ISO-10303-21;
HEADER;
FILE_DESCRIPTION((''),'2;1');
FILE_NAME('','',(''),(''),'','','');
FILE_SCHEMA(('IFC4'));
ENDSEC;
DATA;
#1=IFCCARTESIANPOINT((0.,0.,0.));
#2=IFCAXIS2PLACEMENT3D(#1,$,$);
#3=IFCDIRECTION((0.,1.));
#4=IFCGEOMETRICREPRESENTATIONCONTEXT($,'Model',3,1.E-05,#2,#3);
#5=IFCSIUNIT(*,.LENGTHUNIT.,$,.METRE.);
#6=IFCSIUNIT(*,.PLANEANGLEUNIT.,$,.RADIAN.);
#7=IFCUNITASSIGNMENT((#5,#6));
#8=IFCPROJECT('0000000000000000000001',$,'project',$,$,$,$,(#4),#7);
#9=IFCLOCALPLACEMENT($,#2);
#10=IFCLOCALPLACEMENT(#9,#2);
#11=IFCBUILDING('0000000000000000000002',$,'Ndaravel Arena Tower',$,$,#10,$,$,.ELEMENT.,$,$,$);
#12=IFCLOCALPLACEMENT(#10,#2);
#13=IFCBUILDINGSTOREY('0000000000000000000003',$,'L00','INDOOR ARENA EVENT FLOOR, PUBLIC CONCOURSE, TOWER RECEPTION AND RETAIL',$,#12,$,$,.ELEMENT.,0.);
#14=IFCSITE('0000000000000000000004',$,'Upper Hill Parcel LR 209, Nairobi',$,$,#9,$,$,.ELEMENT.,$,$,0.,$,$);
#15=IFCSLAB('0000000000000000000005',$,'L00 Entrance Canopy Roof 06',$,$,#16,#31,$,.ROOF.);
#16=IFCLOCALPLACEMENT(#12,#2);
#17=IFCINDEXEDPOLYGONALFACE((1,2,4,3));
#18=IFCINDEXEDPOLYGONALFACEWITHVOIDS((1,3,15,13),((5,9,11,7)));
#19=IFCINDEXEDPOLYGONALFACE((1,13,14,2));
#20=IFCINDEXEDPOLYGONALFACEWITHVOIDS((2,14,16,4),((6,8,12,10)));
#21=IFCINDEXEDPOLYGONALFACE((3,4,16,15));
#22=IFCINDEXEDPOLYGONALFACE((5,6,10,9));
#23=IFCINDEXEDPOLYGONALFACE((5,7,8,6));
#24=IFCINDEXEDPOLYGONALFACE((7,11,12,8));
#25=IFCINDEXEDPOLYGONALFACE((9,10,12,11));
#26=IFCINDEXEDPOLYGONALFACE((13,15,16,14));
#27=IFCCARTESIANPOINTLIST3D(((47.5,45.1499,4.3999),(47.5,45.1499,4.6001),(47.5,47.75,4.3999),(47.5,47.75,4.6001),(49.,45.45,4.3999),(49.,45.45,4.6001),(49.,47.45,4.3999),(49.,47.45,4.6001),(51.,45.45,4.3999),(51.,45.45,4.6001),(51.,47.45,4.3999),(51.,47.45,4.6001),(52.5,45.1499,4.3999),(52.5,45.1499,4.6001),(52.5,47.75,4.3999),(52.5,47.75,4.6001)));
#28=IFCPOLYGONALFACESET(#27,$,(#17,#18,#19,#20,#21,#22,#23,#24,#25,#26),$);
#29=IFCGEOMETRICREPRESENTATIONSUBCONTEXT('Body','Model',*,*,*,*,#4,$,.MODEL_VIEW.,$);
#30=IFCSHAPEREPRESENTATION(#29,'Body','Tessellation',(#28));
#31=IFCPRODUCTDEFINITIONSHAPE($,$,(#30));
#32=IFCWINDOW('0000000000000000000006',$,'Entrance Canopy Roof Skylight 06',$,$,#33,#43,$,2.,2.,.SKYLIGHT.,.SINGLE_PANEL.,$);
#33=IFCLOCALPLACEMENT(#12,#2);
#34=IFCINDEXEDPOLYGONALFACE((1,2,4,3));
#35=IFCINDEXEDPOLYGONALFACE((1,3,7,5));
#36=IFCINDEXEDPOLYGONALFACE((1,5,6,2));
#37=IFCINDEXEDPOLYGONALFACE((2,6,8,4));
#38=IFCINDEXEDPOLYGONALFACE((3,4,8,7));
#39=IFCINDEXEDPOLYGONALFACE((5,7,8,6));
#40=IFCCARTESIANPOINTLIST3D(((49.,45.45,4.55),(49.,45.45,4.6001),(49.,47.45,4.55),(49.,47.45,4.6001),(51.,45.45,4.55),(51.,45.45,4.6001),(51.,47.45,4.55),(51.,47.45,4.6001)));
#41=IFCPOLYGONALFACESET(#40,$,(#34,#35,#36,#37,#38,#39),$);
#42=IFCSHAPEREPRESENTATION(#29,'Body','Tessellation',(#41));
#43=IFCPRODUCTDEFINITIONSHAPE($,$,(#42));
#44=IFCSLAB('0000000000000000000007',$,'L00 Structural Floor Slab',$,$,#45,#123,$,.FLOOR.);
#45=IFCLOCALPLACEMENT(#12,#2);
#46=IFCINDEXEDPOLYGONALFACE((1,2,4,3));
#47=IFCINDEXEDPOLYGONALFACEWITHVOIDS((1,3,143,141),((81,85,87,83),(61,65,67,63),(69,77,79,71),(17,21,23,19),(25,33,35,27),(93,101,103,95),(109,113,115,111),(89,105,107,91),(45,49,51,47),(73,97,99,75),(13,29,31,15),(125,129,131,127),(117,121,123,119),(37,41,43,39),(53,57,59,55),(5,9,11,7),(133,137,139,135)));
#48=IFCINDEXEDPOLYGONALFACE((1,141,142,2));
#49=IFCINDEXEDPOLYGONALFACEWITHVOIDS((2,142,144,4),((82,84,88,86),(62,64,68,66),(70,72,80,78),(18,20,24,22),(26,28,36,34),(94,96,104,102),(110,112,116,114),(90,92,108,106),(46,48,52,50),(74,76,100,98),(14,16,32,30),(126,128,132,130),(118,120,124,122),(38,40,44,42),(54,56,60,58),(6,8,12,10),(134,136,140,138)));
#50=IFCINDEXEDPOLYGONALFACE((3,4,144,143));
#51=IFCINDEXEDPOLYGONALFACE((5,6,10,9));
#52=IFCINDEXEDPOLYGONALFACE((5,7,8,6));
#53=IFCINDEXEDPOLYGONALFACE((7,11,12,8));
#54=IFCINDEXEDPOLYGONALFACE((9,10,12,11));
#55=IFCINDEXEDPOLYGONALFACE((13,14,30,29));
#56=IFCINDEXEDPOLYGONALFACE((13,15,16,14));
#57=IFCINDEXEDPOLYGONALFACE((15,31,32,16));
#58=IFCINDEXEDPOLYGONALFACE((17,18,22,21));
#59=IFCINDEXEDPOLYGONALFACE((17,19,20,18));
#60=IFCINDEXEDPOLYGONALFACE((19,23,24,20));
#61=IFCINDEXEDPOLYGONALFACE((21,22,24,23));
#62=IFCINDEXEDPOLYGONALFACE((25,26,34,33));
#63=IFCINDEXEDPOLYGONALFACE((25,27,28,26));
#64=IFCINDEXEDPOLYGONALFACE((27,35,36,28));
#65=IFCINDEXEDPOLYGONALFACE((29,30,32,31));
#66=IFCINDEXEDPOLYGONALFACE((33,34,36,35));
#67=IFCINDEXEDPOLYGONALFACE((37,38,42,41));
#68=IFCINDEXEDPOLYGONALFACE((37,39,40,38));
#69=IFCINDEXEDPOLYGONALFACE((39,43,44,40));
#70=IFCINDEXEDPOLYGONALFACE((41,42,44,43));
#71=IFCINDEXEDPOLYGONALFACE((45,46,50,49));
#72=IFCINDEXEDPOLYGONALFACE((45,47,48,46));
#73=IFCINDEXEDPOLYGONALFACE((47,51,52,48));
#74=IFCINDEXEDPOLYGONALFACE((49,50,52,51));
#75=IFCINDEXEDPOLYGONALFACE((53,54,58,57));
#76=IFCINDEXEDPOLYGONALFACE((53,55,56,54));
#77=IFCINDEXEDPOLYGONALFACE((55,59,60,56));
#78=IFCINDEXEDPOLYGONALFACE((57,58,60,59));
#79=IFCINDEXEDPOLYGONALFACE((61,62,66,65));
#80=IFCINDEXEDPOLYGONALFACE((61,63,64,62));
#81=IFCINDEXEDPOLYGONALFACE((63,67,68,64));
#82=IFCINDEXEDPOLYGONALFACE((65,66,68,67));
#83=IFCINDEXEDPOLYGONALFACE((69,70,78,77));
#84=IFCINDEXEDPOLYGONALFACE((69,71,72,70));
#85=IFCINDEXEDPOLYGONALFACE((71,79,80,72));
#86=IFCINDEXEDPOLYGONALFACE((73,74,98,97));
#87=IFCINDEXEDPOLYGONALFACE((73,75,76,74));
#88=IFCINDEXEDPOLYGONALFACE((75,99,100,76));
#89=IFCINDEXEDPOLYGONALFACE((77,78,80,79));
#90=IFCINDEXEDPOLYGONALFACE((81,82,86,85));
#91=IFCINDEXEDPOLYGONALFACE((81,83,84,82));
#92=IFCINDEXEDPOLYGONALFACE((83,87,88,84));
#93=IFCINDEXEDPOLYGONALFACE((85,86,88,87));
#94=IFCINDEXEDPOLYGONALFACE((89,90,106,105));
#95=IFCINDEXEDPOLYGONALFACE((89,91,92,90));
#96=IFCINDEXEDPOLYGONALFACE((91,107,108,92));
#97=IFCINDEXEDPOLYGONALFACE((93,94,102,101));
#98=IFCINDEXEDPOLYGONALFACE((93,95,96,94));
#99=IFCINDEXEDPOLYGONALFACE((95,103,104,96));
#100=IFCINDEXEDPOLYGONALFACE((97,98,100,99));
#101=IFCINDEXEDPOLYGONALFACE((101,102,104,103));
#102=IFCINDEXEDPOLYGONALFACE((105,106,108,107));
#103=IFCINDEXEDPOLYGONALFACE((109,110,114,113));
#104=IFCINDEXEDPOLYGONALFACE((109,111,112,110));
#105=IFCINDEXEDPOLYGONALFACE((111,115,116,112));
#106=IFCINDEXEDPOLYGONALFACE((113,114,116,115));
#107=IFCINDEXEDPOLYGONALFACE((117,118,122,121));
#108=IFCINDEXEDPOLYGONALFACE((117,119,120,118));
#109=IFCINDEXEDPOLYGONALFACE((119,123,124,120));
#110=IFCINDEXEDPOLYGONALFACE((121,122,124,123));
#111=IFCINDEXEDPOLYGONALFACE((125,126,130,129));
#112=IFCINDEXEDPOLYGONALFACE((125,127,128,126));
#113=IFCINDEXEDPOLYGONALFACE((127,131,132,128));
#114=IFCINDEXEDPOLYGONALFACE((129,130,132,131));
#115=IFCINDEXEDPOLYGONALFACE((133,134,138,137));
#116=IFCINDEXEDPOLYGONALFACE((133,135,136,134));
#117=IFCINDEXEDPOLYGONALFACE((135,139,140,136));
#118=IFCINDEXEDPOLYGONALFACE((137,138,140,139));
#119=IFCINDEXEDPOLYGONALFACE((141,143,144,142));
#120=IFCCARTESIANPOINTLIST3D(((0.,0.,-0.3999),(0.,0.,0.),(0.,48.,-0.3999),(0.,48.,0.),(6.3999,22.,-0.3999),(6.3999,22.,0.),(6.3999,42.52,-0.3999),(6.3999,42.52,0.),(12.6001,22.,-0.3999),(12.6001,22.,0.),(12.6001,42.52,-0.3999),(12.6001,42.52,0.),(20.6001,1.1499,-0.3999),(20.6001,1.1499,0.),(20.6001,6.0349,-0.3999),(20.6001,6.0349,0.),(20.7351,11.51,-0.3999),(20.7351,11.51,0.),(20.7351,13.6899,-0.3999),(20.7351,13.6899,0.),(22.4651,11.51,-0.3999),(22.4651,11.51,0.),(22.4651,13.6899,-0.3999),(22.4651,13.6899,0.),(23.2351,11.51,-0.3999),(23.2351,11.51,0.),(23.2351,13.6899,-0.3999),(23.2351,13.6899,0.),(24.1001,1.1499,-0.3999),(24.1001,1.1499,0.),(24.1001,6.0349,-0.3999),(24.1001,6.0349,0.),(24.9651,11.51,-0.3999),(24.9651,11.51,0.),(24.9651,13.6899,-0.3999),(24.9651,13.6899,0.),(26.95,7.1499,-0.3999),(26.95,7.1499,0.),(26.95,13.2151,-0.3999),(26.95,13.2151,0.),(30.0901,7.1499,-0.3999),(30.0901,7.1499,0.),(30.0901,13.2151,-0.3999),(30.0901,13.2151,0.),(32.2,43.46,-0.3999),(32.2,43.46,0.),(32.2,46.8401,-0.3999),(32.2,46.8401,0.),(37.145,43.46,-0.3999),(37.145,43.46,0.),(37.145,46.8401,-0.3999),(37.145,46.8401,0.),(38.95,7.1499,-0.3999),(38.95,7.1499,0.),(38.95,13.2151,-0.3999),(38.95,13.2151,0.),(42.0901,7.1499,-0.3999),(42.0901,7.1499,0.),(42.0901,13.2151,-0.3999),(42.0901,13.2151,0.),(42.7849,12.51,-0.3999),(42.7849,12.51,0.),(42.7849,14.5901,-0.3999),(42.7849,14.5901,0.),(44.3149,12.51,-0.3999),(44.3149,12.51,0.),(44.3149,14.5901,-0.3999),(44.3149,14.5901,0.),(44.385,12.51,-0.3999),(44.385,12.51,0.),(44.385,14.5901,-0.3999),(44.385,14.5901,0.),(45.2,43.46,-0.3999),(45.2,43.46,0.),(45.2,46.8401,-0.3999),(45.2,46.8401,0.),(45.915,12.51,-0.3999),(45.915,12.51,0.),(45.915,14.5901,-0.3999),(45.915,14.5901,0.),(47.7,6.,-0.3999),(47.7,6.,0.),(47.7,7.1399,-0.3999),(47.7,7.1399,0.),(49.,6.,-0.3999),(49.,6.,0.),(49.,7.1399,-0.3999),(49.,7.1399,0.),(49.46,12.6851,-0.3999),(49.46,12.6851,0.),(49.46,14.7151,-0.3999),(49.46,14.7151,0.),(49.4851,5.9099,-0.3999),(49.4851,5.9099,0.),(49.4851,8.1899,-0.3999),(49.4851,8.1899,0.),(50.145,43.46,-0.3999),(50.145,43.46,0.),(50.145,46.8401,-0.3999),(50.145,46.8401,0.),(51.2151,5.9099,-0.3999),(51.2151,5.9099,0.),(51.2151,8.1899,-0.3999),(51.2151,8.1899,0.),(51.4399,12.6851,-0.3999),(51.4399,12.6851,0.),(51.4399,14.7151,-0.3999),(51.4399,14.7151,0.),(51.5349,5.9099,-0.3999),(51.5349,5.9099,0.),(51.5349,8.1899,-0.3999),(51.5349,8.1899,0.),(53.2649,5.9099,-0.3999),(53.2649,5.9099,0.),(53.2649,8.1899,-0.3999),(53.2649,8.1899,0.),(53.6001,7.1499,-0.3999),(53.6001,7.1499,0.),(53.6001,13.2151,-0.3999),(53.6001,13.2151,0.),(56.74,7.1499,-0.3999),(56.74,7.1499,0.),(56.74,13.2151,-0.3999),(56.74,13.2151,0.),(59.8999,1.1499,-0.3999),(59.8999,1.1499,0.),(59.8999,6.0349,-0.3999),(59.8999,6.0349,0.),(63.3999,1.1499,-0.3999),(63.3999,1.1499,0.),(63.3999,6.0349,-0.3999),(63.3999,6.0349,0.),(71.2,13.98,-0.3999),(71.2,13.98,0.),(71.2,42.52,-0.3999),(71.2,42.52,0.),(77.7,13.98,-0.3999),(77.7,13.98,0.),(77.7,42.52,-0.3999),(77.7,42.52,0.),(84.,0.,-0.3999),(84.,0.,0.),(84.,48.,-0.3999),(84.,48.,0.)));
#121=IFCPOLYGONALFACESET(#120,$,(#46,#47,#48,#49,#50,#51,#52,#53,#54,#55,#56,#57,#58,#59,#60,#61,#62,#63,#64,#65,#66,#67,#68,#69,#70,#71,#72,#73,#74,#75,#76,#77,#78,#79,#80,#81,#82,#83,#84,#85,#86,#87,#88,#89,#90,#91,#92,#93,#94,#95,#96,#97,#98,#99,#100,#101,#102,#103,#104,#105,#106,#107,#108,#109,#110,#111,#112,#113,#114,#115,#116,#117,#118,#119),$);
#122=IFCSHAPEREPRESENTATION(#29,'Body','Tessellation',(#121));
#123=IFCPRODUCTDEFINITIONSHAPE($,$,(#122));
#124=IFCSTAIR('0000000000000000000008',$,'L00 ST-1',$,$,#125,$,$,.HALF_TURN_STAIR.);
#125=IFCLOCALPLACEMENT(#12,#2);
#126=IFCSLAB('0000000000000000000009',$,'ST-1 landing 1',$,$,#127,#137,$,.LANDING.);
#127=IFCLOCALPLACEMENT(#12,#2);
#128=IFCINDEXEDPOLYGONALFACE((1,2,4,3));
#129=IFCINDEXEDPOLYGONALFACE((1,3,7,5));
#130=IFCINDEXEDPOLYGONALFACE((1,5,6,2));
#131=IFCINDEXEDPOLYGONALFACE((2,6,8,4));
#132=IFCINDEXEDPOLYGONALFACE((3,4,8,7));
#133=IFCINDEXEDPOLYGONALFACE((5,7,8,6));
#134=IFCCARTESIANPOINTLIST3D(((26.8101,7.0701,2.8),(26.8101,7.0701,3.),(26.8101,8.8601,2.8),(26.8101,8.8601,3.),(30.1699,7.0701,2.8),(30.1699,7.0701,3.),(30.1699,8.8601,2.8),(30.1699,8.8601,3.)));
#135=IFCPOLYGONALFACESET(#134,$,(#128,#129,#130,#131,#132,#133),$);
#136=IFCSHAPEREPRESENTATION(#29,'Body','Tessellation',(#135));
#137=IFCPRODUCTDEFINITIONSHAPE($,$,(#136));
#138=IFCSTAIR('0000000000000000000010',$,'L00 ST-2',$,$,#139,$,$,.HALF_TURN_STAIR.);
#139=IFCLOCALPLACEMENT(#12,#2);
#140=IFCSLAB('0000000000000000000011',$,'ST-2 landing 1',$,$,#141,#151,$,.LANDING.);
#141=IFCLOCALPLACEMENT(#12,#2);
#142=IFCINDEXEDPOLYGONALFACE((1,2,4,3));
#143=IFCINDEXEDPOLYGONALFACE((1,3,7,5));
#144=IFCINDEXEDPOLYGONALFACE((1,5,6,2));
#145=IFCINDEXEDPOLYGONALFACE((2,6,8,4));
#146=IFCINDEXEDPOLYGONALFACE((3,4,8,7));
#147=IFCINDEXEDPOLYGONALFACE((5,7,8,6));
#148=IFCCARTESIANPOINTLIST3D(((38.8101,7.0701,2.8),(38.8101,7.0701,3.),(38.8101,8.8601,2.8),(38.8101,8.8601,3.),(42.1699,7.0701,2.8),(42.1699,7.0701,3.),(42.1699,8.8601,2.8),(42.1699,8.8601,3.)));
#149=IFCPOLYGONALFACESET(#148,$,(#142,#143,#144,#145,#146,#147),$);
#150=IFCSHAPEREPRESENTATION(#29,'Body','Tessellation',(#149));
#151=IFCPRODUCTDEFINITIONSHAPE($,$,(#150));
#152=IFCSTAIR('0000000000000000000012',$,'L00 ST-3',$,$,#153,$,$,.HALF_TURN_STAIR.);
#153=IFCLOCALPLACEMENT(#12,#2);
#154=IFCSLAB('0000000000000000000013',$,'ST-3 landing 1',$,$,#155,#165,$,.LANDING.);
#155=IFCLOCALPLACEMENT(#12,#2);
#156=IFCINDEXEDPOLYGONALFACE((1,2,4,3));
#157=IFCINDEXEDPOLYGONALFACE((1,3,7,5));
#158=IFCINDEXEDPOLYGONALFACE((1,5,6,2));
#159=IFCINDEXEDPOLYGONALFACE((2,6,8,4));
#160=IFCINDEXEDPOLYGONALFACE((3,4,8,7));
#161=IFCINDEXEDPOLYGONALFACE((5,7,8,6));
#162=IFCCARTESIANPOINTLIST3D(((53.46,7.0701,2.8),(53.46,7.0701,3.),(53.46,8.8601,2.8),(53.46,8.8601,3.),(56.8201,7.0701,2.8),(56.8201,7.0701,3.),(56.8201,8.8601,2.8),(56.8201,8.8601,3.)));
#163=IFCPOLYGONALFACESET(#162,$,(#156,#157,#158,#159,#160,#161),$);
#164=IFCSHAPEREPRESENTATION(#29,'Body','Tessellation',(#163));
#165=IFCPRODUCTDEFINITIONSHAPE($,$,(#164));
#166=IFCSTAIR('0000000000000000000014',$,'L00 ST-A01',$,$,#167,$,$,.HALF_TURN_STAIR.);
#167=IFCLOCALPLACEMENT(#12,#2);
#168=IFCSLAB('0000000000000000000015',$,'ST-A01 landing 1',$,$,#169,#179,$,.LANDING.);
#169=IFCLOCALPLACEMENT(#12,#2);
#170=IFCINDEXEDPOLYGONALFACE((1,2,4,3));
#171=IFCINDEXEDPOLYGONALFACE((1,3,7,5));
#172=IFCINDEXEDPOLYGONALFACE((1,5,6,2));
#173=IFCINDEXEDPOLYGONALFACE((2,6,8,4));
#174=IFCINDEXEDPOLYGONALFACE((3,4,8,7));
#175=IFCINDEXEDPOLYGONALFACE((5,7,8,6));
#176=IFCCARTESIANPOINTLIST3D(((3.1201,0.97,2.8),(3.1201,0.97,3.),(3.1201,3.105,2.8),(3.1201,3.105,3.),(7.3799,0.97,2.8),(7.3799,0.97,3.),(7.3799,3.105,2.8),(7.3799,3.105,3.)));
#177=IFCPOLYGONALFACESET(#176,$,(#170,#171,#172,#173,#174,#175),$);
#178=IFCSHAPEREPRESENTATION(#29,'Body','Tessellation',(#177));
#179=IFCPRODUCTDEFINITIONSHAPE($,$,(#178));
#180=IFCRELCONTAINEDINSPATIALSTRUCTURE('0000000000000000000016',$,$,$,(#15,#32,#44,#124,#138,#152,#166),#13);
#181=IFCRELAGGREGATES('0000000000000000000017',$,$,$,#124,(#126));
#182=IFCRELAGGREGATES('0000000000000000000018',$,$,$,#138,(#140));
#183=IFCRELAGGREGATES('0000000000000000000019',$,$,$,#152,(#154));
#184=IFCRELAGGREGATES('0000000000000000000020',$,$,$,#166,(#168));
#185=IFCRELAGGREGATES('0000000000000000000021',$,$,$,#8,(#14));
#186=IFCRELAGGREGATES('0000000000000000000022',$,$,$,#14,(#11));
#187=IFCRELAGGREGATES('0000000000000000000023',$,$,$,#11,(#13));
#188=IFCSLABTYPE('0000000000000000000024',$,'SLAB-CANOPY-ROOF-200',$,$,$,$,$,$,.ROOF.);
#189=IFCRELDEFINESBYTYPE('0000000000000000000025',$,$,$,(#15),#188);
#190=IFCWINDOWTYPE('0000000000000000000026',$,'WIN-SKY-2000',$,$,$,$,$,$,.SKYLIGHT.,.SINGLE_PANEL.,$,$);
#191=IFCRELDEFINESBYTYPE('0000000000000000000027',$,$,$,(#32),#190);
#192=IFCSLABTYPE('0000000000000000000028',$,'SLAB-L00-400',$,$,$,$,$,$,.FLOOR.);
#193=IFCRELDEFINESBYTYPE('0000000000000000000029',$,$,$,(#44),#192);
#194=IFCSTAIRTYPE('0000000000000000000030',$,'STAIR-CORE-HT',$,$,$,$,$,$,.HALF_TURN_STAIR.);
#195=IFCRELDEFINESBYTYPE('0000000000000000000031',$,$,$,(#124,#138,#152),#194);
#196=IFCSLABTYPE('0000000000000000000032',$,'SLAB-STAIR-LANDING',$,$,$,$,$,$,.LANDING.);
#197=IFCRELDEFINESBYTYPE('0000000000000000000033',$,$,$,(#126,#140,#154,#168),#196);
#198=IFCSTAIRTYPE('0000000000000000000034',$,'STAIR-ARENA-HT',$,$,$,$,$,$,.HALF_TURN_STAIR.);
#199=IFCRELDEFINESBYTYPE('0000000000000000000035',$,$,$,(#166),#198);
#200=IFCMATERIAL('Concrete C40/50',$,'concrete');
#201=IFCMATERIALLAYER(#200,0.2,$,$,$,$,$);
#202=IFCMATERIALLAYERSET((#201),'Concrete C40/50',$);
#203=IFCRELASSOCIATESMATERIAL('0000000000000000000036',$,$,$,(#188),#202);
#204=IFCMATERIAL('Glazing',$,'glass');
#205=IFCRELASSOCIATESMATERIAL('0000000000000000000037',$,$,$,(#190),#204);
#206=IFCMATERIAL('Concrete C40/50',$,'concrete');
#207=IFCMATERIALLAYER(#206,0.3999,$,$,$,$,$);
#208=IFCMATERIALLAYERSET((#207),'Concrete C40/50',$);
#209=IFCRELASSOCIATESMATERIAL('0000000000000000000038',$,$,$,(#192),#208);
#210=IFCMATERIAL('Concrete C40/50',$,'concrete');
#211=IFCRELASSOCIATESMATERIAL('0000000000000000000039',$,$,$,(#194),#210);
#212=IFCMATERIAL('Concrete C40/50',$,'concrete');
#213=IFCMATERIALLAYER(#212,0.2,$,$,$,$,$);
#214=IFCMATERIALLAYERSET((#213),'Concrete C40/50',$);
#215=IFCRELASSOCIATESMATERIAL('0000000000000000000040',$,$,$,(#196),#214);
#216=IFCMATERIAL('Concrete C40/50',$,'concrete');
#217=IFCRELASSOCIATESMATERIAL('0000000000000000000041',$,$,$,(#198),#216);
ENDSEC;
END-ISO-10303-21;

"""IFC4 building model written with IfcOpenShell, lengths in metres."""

from ifc_helpers import new_model, si_unit, direction, frame, origin, origin_2d, place, context, subcontext, project, spatial, polyline, rectangle, outline, extrude, material, layer, layer_set, type_object, element, fill, aggregate, save


model = new_model("IFC4")

# Units and contexts
model_context = context("Model", 3, precision=1e-05, world=origin(), true_north=direction((0.0, 1.0)))
body_context = subcontext(model_context, "Body", "Model", "MODEL_VIEW")
ifc_project = project(units=[si_unit("LENGTHUNIT", "METRE"), si_unit("PLANEANGLEUNIT", "RADIAN")], contexts=[model_context])

# Site, building, storey
site_placement = place(None, origin())
site = spatial("IfcSite", under=ifc_project, at=site_placement, Name="Upper Hill Parcel LR 209, Nairobi", CompositionType="ELEMENT", RefElevation=0.0)
building_placement = place(site_placement, origin())
building = spatial("IfcBuilding", under=site, at=building_placement, Name="Ndaravel Arena Tower", CompositionType="ELEMENT")
storey_placement = place(building_placement, origin())
storey = spatial("IfcBuildingStorey", under=building, at=storey_placement, Name="L00", Description="INDOOR ARENA EVENT FLOOR, PUBLIC CONCOURSE, TOWER RECEPTION AND RETAIL", CompositionType="ELEMENT", Elevation=0.0)

# Slab, opening, window
ifc_material_1 = material(Name="Concrete C40/50", Category="concrete")
ifc_layer_1 = layer(ifc_material_1, 0.2)
ifc_layer_set_1 = layer_set([ifc_layer_1], Name="Concrete C40/50")
slab_type_1 = type_object("IfcSlabType", Name="SLAB-CANOPY-ROOF-200", PredefinedType="ROOF", material=ifc_layer_set_1)
ifc_material_2 = material(Name="Glazing", Category="glass")
window_type = type_object("IfcWindowType", Name="WIN-SKY-2000", PartitioningType="SINGLE_PANEL", PredefinedType="SKYLIGHT", material=ifc_material_2)
slab_1_placement = place(storey_placement, frame((0.0, 0.0, 4.3999)))
slab_1 = element("IfcSlab", 1, at=slab_1_placement, inside=storey, type_object=slab_type_1, Name="L00 Entrance Canopy Roof 06", PredefinedType="ROOF", context=body_context, shape_type="SweptSolid", body=[
    extrude(outline(polyline([(47.5, 45.1499), (52.5, 45.1499), (52.5, 47.75), (47.5, 47.75), (47.5, 45.1499)]), holes=[polyline([(49.0, 45.45), (51.0, 45.45), (51.0, 47.45), (49.0, 47.45), (49.0, 45.45)])]), origin(), (0.0, 0.0, 1.0), 0.2002),
])
opening_1_placement = place(slab_1_placement, frame((50.0, 46.45, 0.0)))
opening_1 = element("IfcOpeningElement", 2, at=opening_1_placement, cuts=slab_1, PredefinedType="OPENING", context=body_context, shape_type="SweptSolid", body=[
    extrude(rectangle(XDim=2.0, YDim=2.0, at=origin_2d()), origin(), (0.0, 0.0, 1.0), 0.2002),
])
window_1_placement = place(opening_1_placement, frame((0.0, 0.0, 0.1501)))
window_1 = element("IfcWindow", 3, at=window_1_placement, inside=storey, type_object=window_type, Name="Entrance Canopy Roof Skylight 06", OverallHeight=2.0, OverallWidth=2.0, PartitioningType="SINGLE_PANEL", PredefinedType="SKYLIGHT", context=body_context, shape_type="SweptSolid", body=[
    extrude(rectangle(XDim=2.0, YDim=2.0, at=origin_2d()), origin(), (0.0, 0.0, 1.0), 0.05),
])
fill(opening_1, window_1)

# Slab
ifc_material_3 = material(Name="Concrete C40/50", Category="concrete")
ifc_layer_2 = layer(ifc_material_3, 0.3999)
ifc_layer_set_2 = layer_set([ifc_layer_2], Name="Concrete C40/50")
slab_type_2 = type_object("IfcSlabType", Name="SLAB-L00-400", PredefinedType="FLOOR", material=ifc_layer_set_2)
slab_2_placement = place(storey_placement, frame((0.0, 0.0, -0.3999)))
element("IfcSlab", 4, at=slab_2_placement, inside=storey, type_object=slab_type_2, Name="L00 Structural Floor Slab", PredefinedType="FLOOR", context=body_context, shape_type="SweptSolid", body=[
    extrude(outline(polyline([(0.0, 0.0), (84.0, 0.0), (84.0, 48.0), (0.0, 48.0), (0.0, 0.0)]), holes=[polyline([(26.95, 13.2151), (26.95, 7.1499), (30.0901, 7.1499), (30.0901, 13.2151), (26.95, 13.2151)]), polyline([(38.95, 13.2151), (38.95, 7.1499), (42.0901, 7.1499), (42.0901, 13.2151), (38.95, 13.2151)]), polyline([(53.6001, 13.2151), (53.6001, 7.1499), (56.74, 7.1499), (56.74, 13.2151), (53.6001, 13.2151)]), polyline([(20.6001, 6.0349), (20.6001, 1.1499), (24.1001, 1.1499), (24.1001, 6.0349), (20.6001, 6.0349)]), polyline([(59.8999, 6.0349), (59.8999, 1.1499), (63.3999, 1.1499), (63.3999, 6.0349), (59.8999, 6.0349)]), polyline([(37.145, 46.8401), (32.2, 46.8401), (32.2, 43.46), (37.145, 43.46), (37.145, 46.8401)]), polyline([(50.145, 46.8401), (45.2, 46.8401), (45.2, 43.46), (50.145, 43.46), (50.145, 46.8401)]), polyline([(42.7849, 12.51), (44.3149, 12.51), (44.3149, 14.5901), (42.7849, 14.5901), (42.7849, 12.51)]), polyline([(44.385, 12.51), (45.915, 12.51), (45.915, 14.5901), (44.385, 14.5901), (44.385, 12.51)]), polyline([(49.4851, 5.9099), (51.2151, 5.9099), (51.2151, 8.1899), (49.4851, 8.1899), (49.4851, 5.9099)]), polyline([(51.5349, 5.9099), (53.2649, 5.9099), (53.2649, 8.1899), (51.5349, 8.1899), (51.5349, 5.9099)]), polyline([(49.46, 12.6851), (51.4399, 12.6851), (51.4399, 14.7151), (49.46, 14.7151), (49.46, 12.6851)]), polyline([(20.7351, 11.51), (22.4651, 11.51), (22.4651, 13.6899), (20.7351, 13.6899), (20.7351, 11.51)]), polyline([(23.2351, 11.51), (24.9651, 11.51), (24.9651, 13.6899), (23.2351, 13.6899), (23.2351, 11.51)]), polyline([(47.7, 6.0), (49.0, 6.0), (49.0, 7.1399), (47.7, 7.1399), (47.7, 6.0)]), polyline([(6.3999, 22.0), (12.6001, 22.0), (12.6001, 42.52), (6.3999, 42.52), (6.3999, 22.0)]), polyline([(71.2, 13.98), (77.7, 13.98), (77.7, 42.52), (71.2, 42.52), (71.2, 13.98)])]), origin(), (0.0, 0.0, 1.0), 0.3999),
])

# Stairs, slabs
ifc_material_4 = material(Name="Concrete C40/50", Category="concrete")
stair_type_1 = type_object("IfcStairType", Name="STAIR-CORE-HT", PredefinedType="HALF_TURN_STAIR", material=ifc_material_4)
stair_1_placement = place(storey_placement, origin())
stair_1 = element("IfcStair", 5, at=stair_1_placement, inside=storey, type_object=stair_type_1, Name="L00 ST-1", PredefinedType="HALF_TURN_STAIR")
ifc_material_5 = material(Name="Concrete C40/50", Category="concrete")
ifc_layer_3 = layer(ifc_material_5, 0.2)
ifc_layer_set_3 = layer_set([ifc_layer_3], Name="Concrete C40/50")
slab_type_3 = type_object("IfcSlabType", Name="SLAB-STAIR-LANDING", PredefinedType="LANDING", material=ifc_layer_set_3)
slab_3_placement = place(storey_placement, frame((0.0, 0.0, 2.8)))
slab_3 = element("IfcSlab", 6, at=slab_3_placement, type_object=slab_type_3, Name="ST-1 landing 1", PredefinedType="LANDING", context=body_context, shape_type="SweptSolid", body=[
    extrude(outline(polyline([(26.8101, 8.8601), (26.8101, 7.0701), (30.1699, 7.0701), (30.1699, 8.8601), (26.8101, 8.8601)])), origin(), (0.0, 0.0, 1.0), 0.2),
])
aggregate(stair_1, [slab_3])
stair_2_placement = place(storey_placement, origin())
stair_2 = element("IfcStair", 7, at=stair_2_placement, inside=storey, type_object=stair_type_1, Name="L00 ST-2", PredefinedType="HALF_TURN_STAIR")
slab_4_placement = place(storey_placement, frame((0.0, 0.0, 2.8)))
slab_4 = element("IfcSlab", 8, at=slab_4_placement, type_object=slab_type_3, Name="ST-2 landing 1", PredefinedType="LANDING", context=body_context, shape_type="SweptSolid", body=[
    extrude(outline(polyline([(38.8101, 8.8601), (38.8101, 7.0701), (42.1699, 7.0701), (42.1699, 8.8601), (38.8101, 8.8601)])), origin(), (0.0, 0.0, 1.0), 0.2),
])
aggregate(stair_2, [slab_4])
stair_3_placement = place(storey_placement, origin())
stair_3 = element("IfcStair", 9, at=stair_3_placement, inside=storey, type_object=stair_type_1, Name="L00 ST-3", PredefinedType="HALF_TURN_STAIR")
slab_5_placement = place(storey_placement, frame((0.0, 0.0, 2.8)))
slab_5 = element("IfcSlab", 10, at=slab_5_placement, type_object=slab_type_3, Name="ST-3 landing 1", PredefinedType="LANDING", context=body_context, shape_type="SweptSolid", body=[
    extrude(outline(polyline([(53.46, 8.8601), (53.46, 7.0701), (56.8201, 7.0701), (56.8201, 8.8601), (53.46, 8.8601)])), origin(), (0.0, 0.0, 1.0), 0.2),
])
aggregate(stair_3, [slab_5])
ifc_material_6 = material(Name="Concrete C40/50", Category="concrete")
stair_type_2 = type_object("IfcStairType", Name="STAIR-ARENA-HT", PredefinedType="HALF_TURN_STAIR", material=ifc_material_6)
stair_4_placement = place(storey_placement, origin())
stair_4 = element("IfcStair", 11, at=stair_4_placement, inside=storey, type_object=stair_type_2, Name="L00 ST-A01", PredefinedType="HALF_TURN_STAIR")
slab_6_placement = place(storey_placement, frame((0.0, 0.0, 2.8)))
slab_6 = element("IfcSlab", 12, at=slab_6_placement, type_object=slab_type_3, Name="ST-A01 landing 1", PredefinedType="LANDING", context=body_context, shape_type="SweptSolid", body=[
    extrude(outline(polyline([(3.1201, 3.105), (3.1201, 0.97), (7.3799, 0.97), (7.3799, 3.105), (3.1201, 3.105)])), origin(), (0.0, 0.0, 1.0), 0.2),
])
aggregate(stair_4, [slab_6])

save(model, "model.ifc")
